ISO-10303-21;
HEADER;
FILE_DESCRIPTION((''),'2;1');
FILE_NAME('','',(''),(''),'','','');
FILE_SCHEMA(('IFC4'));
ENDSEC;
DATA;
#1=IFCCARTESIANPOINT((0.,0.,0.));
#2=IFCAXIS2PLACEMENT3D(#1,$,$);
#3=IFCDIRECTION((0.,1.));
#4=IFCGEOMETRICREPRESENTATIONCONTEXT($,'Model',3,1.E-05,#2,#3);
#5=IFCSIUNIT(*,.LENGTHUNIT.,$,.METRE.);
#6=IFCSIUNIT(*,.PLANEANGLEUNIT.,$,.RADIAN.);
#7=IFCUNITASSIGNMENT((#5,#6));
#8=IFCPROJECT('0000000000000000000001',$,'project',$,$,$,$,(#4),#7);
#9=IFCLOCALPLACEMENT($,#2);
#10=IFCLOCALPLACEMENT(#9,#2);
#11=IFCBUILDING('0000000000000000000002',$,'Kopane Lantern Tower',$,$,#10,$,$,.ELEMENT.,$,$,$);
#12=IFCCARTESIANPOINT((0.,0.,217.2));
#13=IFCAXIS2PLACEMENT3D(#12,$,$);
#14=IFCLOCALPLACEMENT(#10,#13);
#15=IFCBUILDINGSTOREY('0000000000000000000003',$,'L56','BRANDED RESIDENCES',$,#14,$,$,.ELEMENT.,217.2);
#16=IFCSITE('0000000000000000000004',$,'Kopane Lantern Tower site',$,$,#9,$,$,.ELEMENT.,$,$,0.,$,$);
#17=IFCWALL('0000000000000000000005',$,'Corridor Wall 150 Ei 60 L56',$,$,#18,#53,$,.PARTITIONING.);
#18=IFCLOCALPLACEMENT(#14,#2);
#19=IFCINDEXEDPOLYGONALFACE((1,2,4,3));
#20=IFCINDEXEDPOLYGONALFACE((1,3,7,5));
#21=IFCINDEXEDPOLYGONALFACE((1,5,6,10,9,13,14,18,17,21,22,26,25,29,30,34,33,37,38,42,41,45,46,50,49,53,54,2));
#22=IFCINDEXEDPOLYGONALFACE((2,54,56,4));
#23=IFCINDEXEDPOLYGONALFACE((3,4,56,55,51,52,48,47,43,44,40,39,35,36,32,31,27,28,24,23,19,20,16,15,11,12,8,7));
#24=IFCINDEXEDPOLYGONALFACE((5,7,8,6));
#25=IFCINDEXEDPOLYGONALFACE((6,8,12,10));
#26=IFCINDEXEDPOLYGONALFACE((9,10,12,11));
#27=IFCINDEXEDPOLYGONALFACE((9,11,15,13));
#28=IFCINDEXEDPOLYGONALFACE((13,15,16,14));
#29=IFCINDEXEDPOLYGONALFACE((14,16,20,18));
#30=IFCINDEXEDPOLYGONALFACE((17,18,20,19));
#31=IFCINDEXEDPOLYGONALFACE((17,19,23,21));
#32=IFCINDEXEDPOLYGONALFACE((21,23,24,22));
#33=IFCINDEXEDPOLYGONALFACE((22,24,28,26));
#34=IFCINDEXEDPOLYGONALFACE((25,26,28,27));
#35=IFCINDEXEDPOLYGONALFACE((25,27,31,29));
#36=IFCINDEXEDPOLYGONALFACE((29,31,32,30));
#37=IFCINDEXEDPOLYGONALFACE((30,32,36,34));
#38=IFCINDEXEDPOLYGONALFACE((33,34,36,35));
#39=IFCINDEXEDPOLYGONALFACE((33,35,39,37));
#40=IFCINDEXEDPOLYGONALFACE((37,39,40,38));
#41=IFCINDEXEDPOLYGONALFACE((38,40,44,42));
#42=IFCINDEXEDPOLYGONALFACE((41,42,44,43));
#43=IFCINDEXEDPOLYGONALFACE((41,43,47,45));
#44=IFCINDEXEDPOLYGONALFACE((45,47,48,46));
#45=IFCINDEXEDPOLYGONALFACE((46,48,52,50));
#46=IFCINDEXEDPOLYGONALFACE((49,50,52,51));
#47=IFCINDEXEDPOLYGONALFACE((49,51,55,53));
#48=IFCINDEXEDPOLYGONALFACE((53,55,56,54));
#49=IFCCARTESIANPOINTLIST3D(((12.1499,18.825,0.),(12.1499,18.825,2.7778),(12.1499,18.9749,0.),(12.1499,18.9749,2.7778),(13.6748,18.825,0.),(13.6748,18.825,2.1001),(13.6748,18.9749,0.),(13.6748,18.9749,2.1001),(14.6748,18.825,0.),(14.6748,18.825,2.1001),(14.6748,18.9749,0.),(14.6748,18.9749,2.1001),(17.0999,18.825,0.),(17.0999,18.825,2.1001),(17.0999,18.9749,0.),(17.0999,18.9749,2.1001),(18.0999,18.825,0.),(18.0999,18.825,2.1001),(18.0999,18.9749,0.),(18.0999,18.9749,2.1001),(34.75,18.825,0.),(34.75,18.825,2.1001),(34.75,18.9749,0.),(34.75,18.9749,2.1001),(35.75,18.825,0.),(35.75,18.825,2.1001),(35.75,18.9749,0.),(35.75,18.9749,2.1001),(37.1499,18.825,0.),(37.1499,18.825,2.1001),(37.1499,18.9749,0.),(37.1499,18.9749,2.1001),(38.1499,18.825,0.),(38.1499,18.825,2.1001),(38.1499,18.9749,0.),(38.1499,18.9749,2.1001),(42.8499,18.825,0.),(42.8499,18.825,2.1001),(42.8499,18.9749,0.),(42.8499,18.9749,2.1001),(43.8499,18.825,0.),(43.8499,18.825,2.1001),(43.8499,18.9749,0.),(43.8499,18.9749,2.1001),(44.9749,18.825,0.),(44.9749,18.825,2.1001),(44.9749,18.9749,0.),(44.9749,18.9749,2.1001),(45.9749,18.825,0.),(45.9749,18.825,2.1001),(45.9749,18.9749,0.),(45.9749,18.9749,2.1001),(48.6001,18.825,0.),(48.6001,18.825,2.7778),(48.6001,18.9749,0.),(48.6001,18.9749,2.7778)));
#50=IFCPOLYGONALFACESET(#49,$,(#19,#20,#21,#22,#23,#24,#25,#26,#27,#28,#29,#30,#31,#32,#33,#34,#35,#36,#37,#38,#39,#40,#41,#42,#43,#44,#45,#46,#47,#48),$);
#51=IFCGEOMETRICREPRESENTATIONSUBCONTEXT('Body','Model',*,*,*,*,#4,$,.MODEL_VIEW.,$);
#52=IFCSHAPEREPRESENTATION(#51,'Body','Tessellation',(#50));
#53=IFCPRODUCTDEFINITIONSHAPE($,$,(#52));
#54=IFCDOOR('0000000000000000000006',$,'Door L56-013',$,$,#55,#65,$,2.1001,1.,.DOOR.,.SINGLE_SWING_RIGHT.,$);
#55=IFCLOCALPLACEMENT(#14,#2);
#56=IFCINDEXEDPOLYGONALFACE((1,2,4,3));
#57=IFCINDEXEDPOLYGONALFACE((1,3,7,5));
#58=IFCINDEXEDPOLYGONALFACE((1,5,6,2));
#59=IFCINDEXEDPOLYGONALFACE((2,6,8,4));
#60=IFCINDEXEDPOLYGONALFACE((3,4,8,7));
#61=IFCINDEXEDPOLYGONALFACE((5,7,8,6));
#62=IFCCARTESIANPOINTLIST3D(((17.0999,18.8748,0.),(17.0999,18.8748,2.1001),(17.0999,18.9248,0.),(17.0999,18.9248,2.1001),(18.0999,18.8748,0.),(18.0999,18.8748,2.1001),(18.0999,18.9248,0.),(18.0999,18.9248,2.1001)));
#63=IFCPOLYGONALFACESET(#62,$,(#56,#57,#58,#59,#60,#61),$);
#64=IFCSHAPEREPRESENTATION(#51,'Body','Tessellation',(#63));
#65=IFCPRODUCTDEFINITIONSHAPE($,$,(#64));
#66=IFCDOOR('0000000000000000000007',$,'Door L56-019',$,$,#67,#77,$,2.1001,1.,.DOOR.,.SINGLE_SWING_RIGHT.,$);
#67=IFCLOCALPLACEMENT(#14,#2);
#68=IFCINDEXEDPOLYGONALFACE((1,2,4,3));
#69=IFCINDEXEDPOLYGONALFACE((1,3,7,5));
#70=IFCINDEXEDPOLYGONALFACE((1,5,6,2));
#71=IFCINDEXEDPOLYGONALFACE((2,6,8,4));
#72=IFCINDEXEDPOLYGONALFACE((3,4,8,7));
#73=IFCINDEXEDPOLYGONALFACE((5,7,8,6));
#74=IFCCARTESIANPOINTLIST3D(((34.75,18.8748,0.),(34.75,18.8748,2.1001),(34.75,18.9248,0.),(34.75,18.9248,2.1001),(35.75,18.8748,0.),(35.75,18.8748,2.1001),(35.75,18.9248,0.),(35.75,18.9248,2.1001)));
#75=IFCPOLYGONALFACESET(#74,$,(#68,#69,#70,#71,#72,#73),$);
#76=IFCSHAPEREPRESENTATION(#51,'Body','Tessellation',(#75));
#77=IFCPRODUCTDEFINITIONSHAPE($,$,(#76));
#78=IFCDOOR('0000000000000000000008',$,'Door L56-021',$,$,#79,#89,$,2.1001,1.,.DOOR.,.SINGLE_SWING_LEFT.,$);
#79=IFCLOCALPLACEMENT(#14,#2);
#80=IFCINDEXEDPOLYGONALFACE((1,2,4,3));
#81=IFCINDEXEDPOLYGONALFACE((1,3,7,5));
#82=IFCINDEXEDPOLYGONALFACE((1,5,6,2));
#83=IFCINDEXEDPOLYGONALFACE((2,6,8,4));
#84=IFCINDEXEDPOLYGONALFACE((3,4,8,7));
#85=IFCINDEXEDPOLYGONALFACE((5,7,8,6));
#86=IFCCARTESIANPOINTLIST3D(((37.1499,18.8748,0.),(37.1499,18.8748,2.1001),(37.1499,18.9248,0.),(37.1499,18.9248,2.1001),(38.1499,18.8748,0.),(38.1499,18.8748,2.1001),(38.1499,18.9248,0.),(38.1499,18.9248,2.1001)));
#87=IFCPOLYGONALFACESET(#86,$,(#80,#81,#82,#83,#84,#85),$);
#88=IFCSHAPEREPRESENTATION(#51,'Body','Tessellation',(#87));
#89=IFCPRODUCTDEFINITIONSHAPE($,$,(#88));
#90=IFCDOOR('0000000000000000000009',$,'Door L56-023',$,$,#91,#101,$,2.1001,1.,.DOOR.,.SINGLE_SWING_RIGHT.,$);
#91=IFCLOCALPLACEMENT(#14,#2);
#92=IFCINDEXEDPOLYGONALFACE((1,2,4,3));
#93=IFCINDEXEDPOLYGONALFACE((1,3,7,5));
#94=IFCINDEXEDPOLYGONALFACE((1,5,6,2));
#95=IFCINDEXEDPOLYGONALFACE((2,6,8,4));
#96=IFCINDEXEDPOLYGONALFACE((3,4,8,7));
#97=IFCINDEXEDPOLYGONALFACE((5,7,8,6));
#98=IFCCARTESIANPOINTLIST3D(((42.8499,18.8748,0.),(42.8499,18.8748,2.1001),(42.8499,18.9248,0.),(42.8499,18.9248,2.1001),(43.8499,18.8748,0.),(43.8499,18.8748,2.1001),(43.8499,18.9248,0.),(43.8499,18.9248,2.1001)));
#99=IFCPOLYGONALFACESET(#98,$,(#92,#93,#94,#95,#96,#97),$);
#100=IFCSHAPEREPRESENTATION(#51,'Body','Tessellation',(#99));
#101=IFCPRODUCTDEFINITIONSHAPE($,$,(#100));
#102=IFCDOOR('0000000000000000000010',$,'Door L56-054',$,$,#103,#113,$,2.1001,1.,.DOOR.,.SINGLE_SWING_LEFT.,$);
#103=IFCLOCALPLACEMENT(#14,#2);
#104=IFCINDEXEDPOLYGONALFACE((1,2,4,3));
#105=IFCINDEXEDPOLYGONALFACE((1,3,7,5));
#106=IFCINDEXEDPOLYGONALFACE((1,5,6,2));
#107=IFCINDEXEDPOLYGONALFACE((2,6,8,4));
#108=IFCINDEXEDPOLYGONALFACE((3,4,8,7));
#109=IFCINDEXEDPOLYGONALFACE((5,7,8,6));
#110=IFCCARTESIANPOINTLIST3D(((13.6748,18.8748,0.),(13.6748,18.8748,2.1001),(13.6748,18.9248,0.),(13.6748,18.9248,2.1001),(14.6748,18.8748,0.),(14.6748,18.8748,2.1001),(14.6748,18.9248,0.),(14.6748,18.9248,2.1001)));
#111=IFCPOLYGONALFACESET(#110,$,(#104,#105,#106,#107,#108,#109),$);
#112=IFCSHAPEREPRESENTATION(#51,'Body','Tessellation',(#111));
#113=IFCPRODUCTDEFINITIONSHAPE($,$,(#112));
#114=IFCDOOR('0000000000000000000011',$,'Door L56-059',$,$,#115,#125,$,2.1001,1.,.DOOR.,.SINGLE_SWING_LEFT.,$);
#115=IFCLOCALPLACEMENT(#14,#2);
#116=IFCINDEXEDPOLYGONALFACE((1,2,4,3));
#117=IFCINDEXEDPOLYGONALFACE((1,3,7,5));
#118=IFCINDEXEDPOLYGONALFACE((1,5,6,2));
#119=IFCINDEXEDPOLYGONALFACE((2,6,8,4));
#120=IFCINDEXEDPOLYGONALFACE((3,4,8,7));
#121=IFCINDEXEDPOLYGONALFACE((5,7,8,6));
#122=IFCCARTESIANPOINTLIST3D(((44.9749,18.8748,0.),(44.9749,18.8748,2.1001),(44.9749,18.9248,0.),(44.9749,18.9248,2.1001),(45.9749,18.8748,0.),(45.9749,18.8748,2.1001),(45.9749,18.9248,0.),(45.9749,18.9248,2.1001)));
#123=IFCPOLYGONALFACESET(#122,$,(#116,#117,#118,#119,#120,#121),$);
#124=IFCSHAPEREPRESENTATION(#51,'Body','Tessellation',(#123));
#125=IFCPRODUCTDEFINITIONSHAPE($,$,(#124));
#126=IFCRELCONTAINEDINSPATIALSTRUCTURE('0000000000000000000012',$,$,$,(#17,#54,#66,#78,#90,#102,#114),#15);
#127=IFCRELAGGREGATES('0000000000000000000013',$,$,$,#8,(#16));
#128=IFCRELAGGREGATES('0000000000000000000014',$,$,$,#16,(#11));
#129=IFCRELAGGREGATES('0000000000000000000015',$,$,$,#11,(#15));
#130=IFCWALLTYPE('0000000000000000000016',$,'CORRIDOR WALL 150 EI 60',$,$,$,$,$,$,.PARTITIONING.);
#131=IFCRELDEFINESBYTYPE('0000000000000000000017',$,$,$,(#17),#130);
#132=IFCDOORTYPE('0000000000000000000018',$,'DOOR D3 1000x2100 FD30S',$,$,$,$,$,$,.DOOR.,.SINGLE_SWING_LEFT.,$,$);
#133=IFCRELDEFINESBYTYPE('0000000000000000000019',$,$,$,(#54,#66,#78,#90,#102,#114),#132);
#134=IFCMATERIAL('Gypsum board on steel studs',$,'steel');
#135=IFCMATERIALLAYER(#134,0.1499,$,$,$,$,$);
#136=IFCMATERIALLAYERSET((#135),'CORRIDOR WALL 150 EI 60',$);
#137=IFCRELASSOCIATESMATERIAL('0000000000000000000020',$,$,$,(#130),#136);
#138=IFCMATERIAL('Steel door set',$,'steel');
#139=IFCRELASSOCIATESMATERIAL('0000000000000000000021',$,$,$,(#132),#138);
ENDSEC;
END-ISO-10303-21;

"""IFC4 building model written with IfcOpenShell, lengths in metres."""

from ifc_helpers import new_model, si_unit, direction, frame, frame_2d, origin, place, context, subcontext, project, spatial, rectangle, extrude, material, layer, layer_set, type_object, element, fill, save


model = new_model("IFC4")

# Units and contexts
model_context = context("Model", 3, precision=1e-05, world=origin(), true_north=direction((0.0, 1.0)))
body_context = subcontext(model_context, "Body", "Model", "MODEL_VIEW")
ifc_project = project(units=[si_unit("LENGTHUNIT", "METRE"), si_unit("PLANEANGLEUNIT", "RADIAN")], contexts=[model_context])

# Site, building, storey
site_placement = place(None, origin())
site = spatial("IfcSite", under=ifc_project, at=site_placement, Name="Kopane Lantern Tower site", CompositionType="ELEMENT", RefElevation=0.0)
building_placement = place(site_placement, origin())
building = spatial("IfcBuilding", under=site, at=building_placement, Name="Kopane Lantern Tower", CompositionType="ELEMENT")
storey_placement = place(building_placement, frame((0.0, 0.0, 217.2)))
storey = spatial("IfcBuildingStorey", under=building, at=storey_placement, Name="L56", Description="BRANDED RESIDENCES", CompositionType="ELEMENT", Elevation=217.2)

# Wall, openings, doors
ifc_material_1 = material(Name="Gypsum board on steel studs", Category="steel")
ifc_layer_1 = layer(ifc_material_1, 0.1499)
ifc_layer_set_1 = layer_set([ifc_layer_1], Name="CORRIDOR WALL 150 EI 60")
wall_type_1 = type_object("IfcWallType", Name="CORRIDOR WALL 150 EI 60", PredefinedType="PARTITIONING", material=ifc_layer_set_1)
wall_1_placement = place(storey_placement, frame((12.1499, 18.8999, 0.0), z_axis=(0.0, 0.0, 1.0), x_axis=(1.0, 0.0, 0.0)))
wall_1 = element("IfcWall", 1, at=wall_1_placement, inside=storey, type_object=wall_type_1, Name="Corridor Wall 150 Ei 60 L56", PredefinedType="PARTITIONING", context=body_context, shape_type="SweptSolid", body=[
    extrude(rectangle(XDim=36.4502, YDim=0.1499, at=frame_2d((18.2251, 0.0))), origin(), (0.0, 0.0, 1.0), 2.7778),
])
opening_1_placement = place(wall_1_placement, frame((4.95, 0.0, 0.0)))
opening_1 = element("IfcOpeningElement", 2, at=opening_1_placement, cuts=wall_1, PredefinedType="OPENING", context=body_context, shape_type="SweptSolid", body=[
    extrude(rectangle(XDim=1.0, YDim=2.1001, at=frame_2d((0.5, 1.05))), frame((0.0, 0.085, 0.0), z_axis=(0.0, -1.0, 0.0), x_axis=(1.0, 0.0, 0.0)), (0.0, 0.0, 1.0), 0.1699),
])
opening_2_placement = place(wall_1_placement, frame((22.6001, 0.0, 0.0)))
opening_2 = element("IfcOpeningElement", 3, at=opening_2_placement, cuts=wall_1, PredefinedType="OPENING", context=body_context, shape_type="SweptSolid", body=[
    extrude(rectangle(XDim=1.0, YDim=2.1001, at=frame_2d((0.5, 1.05))), frame((0.0, 0.085, 0.0), z_axis=(0.0, -1.0, 0.0), x_axis=(1.0, 0.0, 0.0)), (0.0, 0.0, 1.0), 0.1699),
])
opening_3_placement = place(wall_1_placement, frame((25.0, 0.0, 0.0)))
opening_3 = element("IfcOpeningElement", 4, at=opening_3_placement, cuts=wall_1, PredefinedType="OPENING", context=body_context, shape_type="SweptSolid", body=[
    extrude(rectangle(XDim=1.0, YDim=2.1001, at=frame_2d((0.5, 1.05))), frame((0.0, 0.085, 0.0), z_axis=(0.0, -1.0, 0.0), x_axis=(1.0, 0.0, 0.0)), (0.0, 0.0, 1.0), 0.1699),
])
opening_4_placement = place(wall_1_placement, frame((30.7, 0.0, 0.0)))
opening_4 = element("IfcOpeningElement", 5, at=opening_4_placement, cuts=wall_1, PredefinedType="OPENING", context=body_context, shape_type="SweptSolid", body=[
    extrude(rectangle(XDim=1.0, YDim=2.1001, at=frame_2d((0.5, 1.05))), frame((0.0, 0.085, 0.0), z_axis=(0.0, -1.0, 0.0), x_axis=(1.0, 0.0, 0.0)), (0.0, 0.0, 1.0), 0.1699),
])
opening_5_placement = place(wall_1_placement, frame((1.5249, 0.0, 0.0)))
opening_5 = element("IfcOpeningElement", 6, at=opening_5_placement, cuts=wall_1, PredefinedType="OPENING", context=body_context, shape_type="SweptSolid", body=[
    extrude(rectangle(XDim=1.0, YDim=2.1001, at=frame_2d((0.5, 1.05))), frame((0.0, 0.085, 0.0), z_axis=(0.0, -1.0, 0.0), x_axis=(1.0, 0.0, 0.0)), (0.0, 0.0, 1.0), 0.1699),
])
opening_6_placement = place(wall_1_placement, frame((32.825, 0.0, 0.0)))
opening_6 = element("IfcOpeningElement", 7, at=opening_6_placement, cuts=wall_1, PredefinedType="OPENING", context=body_context, shape_type="SweptSolid", body=[
    extrude(rectangle(XDim=1.0, YDim=2.1001, at=frame_2d((0.5, 1.05))), frame((0.0, 0.085, 0.0), z_axis=(0.0, -1.0, 0.0), x_axis=(1.0, 0.0, 0.0)), (0.0, 0.0, 1.0), 0.1699),
])
ifc_material_2 = material(Name="Steel door set", Category="steel")
door_type_1 = type_object("IfcDoorType", Name="DOOR D3 1000x2100 FD30S", OperationType="SINGLE_SWING_LEFT", PredefinedType="DOOR", material=ifc_material_2)
door_1_placement = place(opening_1_placement, origin())
door_1 = element("IfcDoor", 8, at=door_1_placement, inside=storey, type_object=door_type_1, Name="Door L56-013", OperationType="SINGLE_SWING_RIGHT", OverallHeight=2.1001, OverallWidth=1.0, PredefinedType="DOOR", context=body_context, shape_type="SweptSolid", body=[
    extrude(rectangle(XDim=1.0, YDim=2.1001, at=frame_2d((0.5, 1.05))), frame((0.0, 0.0249, 0.0), z_axis=(0.0, -1.0, 0.0), x_axis=(1.0, 0.0, 0.0)), (0.0, 0.0, 1.0), 0.05),
])
fill(opening_1, door_1)
door_2_placement = place(opening_2_placement, origin())
door_2 = element("IfcDoor", 9, at=door_2_placement, inside=storey, type_object=door_type_1, Name="Door L56-019", OperationType="SINGLE_SWING_RIGHT", OverallHeight=2.1001, OverallWidth=1.0, PredefinedType="DOOR", context=body_context, shape_type="SweptSolid", body=[
    extrude(rectangle(XDim=1.0, YDim=2.1001, at=frame_2d((0.5, 1.05))), frame((0.0, 0.0249, 0.0), z_axis=(0.0, -1.0, 0.0), x_axis=(1.0, 0.0, 0.0)), (0.0, 0.0, 1.0), 0.05),
])
fill(opening_2, door_2)
door_3_placement = place(opening_3_placement, origin())
door_3 = element("IfcDoor", 10, at=door_3_placement, inside=storey, type_object=door_type_1, Name="Door L56-021", OperationType="SINGLE_SWING_LEFT", OverallHeight=2.1001, OverallWidth=1.0, PredefinedType="DOOR", context=body_context, shape_type="SweptSolid", body=[
    extrude(rectangle(XDim=1.0, YDim=2.1001, at=frame_2d((0.5, 1.05))), frame((0.0, 0.0249, 0.0), z_axis=(0.0, -1.0, 0.0), x_axis=(1.0, 0.0, 0.0)), (0.0, 0.0, 1.0), 0.05),
])
fill(opening_3, door_3)
door_4_placement = place(opening_4_placement, origin())
door_4 = element("IfcDoor", 11, at=door_4_placement, inside=storey, type_object=door_type_1, Name="Door L56-023", OperationType="SINGLE_SWING_RIGHT", OverallHeight=2.1001, OverallWidth=1.0, PredefinedType="DOOR", context=body_context, shape_type="SweptSolid", body=[
    extrude(rectangle(XDim=1.0, YDim=2.1001, at=frame_2d((0.5, 1.05))), frame((0.0, 0.0249, 0.0), z_axis=(0.0, -1.0, 0.0), x_axis=(1.0, 0.0, 0.0)), (0.0, 0.0, 1.0), 0.05),
])
fill(opening_4, door_4)
door_5_placement = place(opening_5_placement, origin())
door_5 = element("IfcDoor", 12, at=door_5_placement, inside=storey, type_object=door_type_1, Name="Door L56-054", OperationType="SINGLE_SWING_LEFT", OverallHeight=2.1001, OverallWidth=1.0, PredefinedType="DOOR", context=body_context, shape_type="SweptSolid", body=[
    extrude(rectangle(XDim=1.0, YDim=2.1001, at=frame_2d((0.5, 1.05))), frame((0.0, 0.0249, 0.0), z_axis=(0.0, -1.0, 0.0), x_axis=(1.0, 0.0, 0.0)), (0.0, 0.0, 1.0), 0.05),
])
fill(opening_5, door_5)
door_6_placement = place(opening_6_placement, origin())
door_6 = element("IfcDoor", 13, at=door_6_placement, inside=storey, type_object=door_type_1, Name="Door L56-059", OperationType="SINGLE_SWING_LEFT", OverallHeight=2.1001, OverallWidth=1.0, PredefinedType="DOOR", context=body_context, shape_type="SweptSolid", body=[
    extrude(rectangle(XDim=1.0, YDim=2.1001, at=frame_2d((0.5, 1.05))), frame((0.0, 0.0249, 0.0), z_axis=(0.0, -1.0, 0.0), x_axis=(1.0, 0.0, 0.0)), (0.0, 0.0, 1.0), 0.05),
])
fill(opening_6, door_6)

save(model, "model.ifc")
